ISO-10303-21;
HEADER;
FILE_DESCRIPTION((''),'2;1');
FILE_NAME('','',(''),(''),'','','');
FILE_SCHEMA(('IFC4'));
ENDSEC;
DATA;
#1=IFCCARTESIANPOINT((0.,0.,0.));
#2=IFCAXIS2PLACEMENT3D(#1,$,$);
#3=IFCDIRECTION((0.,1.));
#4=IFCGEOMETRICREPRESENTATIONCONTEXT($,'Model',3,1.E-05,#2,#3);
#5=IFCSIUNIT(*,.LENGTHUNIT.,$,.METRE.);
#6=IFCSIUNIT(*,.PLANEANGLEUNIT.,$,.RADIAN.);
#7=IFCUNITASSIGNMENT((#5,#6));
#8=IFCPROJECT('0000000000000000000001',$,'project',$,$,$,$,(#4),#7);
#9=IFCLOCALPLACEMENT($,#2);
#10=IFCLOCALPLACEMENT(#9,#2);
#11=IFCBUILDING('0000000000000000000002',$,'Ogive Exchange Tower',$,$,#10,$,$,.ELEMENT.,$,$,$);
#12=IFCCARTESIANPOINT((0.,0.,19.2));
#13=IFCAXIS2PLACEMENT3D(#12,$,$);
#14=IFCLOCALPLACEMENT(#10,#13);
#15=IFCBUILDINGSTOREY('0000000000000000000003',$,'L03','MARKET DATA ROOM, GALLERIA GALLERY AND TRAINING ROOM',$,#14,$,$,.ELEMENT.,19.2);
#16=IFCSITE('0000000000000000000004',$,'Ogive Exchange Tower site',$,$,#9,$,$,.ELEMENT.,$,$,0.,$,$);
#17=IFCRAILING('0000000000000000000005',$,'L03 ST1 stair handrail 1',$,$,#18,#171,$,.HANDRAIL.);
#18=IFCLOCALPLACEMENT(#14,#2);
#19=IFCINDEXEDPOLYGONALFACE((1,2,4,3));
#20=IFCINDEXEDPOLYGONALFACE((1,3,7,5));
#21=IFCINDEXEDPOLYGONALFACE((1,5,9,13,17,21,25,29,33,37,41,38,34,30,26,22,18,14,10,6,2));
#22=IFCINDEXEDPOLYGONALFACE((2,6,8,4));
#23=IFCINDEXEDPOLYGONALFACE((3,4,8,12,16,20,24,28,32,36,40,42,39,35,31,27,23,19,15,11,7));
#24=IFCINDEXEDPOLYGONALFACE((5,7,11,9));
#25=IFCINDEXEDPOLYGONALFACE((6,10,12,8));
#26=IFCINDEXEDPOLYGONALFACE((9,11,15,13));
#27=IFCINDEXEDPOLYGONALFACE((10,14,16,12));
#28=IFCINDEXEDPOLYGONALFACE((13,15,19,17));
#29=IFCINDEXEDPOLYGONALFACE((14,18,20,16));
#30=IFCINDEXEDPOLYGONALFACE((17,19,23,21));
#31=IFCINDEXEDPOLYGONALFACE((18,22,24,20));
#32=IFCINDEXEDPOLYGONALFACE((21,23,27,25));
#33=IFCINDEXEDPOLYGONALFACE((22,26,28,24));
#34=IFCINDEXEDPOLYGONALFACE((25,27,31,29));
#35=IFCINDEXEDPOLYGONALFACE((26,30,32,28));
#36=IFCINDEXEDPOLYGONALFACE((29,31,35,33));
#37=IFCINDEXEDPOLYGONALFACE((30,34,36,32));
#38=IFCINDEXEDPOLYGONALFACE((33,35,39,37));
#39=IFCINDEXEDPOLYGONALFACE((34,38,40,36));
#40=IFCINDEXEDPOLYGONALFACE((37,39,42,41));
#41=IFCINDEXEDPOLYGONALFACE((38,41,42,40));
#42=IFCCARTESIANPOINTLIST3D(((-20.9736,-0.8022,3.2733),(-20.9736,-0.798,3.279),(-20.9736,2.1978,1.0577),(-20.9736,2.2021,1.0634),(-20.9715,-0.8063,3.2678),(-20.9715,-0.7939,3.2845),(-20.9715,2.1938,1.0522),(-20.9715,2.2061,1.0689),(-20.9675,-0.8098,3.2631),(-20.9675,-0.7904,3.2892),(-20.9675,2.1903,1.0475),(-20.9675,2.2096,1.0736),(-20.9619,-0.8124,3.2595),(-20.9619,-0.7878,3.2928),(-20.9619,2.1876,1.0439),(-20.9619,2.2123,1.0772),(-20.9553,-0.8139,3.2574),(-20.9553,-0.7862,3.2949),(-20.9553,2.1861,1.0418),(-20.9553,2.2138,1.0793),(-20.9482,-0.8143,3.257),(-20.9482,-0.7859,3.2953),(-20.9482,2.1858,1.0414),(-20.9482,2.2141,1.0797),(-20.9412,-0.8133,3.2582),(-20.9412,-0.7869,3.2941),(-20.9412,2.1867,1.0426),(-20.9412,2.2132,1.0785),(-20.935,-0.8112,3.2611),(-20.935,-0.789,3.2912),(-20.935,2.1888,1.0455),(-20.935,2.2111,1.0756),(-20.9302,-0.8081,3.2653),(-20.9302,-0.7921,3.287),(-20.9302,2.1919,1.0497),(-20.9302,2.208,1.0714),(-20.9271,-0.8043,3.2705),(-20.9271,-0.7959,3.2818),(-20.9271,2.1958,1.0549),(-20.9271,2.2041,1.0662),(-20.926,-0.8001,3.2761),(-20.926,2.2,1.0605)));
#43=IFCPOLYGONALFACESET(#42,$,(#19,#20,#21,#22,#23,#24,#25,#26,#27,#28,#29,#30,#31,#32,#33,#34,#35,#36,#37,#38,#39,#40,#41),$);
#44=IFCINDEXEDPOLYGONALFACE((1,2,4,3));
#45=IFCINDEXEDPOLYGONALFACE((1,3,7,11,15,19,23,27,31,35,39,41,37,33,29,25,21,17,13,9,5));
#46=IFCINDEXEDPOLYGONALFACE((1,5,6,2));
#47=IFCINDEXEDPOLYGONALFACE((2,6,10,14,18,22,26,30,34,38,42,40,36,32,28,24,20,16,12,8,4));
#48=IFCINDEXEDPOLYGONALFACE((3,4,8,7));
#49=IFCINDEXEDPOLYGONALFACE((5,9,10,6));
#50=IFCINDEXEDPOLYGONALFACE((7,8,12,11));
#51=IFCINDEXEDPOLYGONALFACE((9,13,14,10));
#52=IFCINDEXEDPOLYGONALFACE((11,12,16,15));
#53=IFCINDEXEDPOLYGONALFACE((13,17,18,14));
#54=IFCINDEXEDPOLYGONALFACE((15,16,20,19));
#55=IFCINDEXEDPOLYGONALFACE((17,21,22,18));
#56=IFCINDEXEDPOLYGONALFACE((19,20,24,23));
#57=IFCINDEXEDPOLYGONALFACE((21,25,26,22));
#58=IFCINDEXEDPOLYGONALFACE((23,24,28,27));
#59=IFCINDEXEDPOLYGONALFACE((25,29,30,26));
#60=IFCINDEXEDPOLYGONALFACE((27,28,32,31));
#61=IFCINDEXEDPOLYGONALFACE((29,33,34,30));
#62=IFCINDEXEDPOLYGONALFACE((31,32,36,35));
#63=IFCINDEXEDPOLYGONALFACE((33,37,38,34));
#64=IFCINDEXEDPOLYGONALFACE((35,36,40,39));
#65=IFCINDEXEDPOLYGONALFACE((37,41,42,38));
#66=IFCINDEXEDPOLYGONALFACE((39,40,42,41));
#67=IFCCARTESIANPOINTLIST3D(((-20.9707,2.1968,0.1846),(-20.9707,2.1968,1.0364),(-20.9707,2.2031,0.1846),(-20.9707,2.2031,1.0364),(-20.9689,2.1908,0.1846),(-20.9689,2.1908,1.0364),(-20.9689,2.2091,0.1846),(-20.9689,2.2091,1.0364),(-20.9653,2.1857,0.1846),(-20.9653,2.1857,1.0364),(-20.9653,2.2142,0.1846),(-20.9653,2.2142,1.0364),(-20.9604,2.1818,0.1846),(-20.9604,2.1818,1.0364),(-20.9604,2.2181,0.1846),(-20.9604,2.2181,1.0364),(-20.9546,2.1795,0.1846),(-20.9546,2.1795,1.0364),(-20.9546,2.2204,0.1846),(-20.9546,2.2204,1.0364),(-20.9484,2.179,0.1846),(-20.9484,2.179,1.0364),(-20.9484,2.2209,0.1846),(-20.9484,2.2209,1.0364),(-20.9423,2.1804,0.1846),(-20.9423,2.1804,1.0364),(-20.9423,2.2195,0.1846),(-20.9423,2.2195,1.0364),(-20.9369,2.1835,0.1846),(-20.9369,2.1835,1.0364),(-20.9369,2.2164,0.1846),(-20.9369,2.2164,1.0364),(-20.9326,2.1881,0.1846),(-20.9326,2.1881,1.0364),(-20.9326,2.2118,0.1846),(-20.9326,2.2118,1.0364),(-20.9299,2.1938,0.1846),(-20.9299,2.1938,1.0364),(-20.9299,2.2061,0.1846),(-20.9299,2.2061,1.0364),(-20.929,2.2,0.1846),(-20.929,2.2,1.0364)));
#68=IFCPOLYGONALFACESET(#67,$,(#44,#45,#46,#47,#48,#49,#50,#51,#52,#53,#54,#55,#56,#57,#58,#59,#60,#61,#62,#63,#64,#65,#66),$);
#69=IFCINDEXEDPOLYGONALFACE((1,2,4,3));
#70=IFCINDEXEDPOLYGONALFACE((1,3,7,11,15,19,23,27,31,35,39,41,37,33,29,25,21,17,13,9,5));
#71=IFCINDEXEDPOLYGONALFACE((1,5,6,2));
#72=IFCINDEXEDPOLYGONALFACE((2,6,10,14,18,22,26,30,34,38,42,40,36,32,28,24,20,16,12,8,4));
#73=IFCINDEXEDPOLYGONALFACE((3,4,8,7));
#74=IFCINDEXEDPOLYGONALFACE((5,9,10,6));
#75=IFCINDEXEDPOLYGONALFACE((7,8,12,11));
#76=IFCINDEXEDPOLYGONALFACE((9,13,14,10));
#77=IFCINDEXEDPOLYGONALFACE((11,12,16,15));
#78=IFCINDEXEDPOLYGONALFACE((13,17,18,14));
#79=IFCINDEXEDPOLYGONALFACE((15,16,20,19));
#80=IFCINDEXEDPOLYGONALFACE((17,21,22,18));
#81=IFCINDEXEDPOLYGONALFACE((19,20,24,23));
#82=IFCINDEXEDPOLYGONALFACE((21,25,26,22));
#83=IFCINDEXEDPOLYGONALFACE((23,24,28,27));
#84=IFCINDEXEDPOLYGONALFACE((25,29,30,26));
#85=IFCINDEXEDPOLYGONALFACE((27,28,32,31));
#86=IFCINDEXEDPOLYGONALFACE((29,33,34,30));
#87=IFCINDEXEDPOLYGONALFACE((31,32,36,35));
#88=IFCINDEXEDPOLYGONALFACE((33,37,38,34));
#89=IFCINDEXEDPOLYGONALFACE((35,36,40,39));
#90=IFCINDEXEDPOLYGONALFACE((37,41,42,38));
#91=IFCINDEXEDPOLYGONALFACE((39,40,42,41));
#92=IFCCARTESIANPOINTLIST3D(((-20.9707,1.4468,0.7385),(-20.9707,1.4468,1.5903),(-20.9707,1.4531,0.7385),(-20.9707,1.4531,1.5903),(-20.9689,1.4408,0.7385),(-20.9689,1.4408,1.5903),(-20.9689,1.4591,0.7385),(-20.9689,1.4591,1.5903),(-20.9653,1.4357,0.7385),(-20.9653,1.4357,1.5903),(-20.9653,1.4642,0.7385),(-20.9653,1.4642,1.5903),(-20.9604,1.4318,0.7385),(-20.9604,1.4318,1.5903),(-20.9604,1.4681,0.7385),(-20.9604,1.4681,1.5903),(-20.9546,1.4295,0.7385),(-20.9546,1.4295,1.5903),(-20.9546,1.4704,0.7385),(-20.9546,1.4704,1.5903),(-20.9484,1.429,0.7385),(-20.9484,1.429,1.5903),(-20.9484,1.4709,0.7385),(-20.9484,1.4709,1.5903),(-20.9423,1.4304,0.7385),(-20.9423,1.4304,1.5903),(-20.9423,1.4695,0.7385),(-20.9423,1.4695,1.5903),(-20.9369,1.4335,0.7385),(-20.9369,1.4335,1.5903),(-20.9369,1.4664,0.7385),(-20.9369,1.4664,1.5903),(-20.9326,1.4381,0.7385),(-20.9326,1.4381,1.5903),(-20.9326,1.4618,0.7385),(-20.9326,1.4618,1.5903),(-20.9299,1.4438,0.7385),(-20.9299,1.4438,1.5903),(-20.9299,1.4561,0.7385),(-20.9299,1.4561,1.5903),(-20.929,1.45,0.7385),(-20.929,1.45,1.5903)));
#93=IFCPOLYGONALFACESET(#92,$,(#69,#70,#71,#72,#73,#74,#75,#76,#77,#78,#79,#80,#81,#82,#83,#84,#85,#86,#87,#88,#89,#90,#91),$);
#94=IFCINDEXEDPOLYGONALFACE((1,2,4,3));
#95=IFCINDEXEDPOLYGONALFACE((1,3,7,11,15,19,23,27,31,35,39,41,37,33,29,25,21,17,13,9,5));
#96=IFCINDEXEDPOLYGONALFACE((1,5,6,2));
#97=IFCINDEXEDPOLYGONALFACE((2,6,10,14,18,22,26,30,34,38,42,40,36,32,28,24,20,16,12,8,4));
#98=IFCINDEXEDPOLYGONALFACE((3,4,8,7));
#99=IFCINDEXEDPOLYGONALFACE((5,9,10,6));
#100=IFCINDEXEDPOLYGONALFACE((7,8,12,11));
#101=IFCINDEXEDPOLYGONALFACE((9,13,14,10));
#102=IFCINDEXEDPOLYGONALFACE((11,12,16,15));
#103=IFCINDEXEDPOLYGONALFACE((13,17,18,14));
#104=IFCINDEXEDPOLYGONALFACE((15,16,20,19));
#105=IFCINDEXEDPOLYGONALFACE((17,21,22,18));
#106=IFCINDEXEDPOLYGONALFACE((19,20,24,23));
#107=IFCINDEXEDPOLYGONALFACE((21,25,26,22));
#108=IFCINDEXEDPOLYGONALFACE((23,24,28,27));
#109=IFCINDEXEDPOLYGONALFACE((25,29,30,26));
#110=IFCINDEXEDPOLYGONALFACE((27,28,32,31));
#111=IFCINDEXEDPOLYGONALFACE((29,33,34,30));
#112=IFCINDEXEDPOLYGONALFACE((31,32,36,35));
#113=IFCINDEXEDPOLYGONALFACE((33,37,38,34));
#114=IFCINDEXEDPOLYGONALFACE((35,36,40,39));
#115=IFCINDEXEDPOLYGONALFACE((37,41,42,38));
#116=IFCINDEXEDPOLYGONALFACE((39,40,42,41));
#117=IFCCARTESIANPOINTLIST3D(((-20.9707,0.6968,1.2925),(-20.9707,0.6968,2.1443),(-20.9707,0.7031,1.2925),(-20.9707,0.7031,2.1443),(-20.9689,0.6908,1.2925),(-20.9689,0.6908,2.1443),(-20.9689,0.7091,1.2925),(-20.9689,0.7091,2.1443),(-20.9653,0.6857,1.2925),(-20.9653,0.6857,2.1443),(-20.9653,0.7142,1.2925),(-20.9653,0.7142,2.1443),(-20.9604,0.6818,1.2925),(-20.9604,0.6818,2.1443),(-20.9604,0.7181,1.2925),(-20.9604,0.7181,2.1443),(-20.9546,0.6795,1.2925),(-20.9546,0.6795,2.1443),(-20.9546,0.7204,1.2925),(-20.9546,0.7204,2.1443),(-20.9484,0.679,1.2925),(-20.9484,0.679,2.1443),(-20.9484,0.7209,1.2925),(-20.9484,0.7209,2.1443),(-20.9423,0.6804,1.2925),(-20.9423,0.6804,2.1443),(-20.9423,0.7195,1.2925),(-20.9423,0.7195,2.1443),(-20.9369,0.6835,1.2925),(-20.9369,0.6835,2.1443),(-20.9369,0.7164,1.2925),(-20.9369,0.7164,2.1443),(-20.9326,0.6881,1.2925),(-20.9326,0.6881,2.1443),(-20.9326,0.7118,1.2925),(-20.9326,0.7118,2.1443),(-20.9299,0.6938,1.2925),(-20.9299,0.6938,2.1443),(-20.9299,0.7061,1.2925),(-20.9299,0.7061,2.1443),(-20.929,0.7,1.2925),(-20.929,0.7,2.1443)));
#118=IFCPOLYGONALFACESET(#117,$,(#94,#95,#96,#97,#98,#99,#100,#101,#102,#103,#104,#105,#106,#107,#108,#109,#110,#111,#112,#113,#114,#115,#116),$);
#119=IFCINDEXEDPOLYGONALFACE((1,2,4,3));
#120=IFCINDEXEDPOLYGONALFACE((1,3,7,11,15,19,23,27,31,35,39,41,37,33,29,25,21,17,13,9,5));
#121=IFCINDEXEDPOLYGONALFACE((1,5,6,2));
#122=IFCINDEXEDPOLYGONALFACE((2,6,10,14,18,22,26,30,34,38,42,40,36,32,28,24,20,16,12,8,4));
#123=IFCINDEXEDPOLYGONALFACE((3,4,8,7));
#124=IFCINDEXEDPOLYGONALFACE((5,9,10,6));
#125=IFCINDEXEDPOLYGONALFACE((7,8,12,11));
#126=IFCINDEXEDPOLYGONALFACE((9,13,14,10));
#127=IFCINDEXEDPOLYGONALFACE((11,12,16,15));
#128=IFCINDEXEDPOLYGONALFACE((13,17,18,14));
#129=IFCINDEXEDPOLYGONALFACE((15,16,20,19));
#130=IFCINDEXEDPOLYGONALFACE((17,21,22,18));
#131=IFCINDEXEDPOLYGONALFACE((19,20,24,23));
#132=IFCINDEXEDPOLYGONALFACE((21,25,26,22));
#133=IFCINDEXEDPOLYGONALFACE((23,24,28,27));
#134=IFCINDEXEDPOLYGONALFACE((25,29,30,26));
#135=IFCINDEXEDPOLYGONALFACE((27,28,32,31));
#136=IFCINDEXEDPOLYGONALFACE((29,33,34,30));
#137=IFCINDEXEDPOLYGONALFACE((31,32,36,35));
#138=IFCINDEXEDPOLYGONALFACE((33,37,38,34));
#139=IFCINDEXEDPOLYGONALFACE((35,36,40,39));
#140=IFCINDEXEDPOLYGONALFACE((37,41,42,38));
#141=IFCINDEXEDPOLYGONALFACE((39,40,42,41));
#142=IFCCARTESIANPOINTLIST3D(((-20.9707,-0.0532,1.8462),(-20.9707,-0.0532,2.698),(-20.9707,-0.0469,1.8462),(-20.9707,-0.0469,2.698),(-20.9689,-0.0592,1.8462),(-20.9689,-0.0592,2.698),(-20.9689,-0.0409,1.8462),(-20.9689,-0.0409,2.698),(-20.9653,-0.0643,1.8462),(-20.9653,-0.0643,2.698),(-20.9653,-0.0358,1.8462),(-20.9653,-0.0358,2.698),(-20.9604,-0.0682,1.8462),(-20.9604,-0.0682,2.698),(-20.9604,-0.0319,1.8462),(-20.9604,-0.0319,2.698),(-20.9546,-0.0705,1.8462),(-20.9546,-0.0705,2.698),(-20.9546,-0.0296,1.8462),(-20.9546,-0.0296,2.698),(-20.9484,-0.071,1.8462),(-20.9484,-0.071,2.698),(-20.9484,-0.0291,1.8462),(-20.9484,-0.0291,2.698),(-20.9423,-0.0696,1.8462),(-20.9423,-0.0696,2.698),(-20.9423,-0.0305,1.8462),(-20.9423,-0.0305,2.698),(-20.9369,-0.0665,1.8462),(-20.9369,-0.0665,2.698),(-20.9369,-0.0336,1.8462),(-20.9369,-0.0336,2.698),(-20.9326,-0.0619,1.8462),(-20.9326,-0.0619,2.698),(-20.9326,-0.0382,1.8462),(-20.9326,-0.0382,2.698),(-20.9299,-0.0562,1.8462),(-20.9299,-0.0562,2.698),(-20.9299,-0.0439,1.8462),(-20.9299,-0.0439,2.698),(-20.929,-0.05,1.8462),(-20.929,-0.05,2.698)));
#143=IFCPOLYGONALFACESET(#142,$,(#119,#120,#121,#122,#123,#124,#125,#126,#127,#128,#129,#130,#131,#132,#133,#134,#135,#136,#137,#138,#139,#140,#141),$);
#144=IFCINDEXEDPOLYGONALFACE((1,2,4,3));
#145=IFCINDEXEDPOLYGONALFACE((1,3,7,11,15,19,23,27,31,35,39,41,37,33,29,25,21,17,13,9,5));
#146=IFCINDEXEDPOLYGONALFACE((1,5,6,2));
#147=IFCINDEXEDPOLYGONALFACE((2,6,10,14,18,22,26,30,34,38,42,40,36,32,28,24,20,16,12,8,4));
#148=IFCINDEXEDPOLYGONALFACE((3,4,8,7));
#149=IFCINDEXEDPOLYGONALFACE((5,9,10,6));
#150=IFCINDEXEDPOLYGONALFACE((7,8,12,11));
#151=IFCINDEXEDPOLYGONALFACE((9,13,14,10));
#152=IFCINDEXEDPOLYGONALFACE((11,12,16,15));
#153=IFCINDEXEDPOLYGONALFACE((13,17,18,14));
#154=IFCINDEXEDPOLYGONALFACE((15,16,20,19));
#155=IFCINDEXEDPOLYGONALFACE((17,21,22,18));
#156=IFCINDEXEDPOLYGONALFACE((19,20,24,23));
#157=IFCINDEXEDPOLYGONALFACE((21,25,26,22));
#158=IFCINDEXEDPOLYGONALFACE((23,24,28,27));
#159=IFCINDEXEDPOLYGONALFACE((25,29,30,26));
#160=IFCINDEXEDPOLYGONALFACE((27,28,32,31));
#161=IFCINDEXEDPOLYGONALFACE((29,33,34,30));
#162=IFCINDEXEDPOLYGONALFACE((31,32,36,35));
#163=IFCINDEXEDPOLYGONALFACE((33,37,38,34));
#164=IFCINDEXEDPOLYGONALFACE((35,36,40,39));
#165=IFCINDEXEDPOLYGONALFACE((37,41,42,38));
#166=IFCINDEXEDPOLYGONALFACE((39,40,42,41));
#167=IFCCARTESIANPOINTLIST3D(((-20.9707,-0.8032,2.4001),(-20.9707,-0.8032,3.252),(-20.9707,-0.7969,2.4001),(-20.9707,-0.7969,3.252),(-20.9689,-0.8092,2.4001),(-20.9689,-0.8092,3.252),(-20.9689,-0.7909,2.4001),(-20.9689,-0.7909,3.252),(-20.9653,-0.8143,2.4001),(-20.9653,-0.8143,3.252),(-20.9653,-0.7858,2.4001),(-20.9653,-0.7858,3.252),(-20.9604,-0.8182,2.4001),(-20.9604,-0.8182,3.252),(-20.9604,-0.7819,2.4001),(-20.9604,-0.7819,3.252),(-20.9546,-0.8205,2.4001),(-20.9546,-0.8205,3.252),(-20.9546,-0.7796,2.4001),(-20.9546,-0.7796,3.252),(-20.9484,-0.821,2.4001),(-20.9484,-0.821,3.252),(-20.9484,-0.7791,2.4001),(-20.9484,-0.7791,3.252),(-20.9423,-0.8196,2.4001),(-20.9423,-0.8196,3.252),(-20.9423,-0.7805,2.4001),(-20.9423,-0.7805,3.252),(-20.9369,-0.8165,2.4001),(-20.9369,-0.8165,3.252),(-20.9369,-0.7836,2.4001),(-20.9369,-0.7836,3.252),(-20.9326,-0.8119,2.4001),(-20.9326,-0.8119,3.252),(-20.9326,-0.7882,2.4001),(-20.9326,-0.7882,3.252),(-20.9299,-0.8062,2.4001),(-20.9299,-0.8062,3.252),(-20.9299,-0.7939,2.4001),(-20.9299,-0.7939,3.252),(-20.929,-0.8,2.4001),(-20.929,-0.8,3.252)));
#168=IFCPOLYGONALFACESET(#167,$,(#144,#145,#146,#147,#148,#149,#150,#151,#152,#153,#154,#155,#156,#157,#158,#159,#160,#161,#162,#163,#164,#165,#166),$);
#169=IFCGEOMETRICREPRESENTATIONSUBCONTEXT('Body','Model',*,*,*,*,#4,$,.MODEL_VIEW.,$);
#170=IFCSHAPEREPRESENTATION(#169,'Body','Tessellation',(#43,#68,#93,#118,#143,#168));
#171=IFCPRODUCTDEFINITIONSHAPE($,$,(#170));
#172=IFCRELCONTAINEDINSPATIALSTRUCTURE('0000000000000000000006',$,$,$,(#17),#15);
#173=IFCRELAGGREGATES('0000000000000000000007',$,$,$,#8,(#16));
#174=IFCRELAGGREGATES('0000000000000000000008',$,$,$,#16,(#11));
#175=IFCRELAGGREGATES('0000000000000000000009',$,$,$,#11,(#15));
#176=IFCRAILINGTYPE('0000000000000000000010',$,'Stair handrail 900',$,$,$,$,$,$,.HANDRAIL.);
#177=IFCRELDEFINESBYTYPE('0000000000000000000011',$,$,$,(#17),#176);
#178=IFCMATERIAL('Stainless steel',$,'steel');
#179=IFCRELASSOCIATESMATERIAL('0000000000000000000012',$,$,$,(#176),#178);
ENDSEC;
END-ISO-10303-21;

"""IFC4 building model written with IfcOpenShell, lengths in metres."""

from ifc_helpers import new_model, si_unit, direction, frame, origin, origin_2d, place, context, subcontext, project, spatial, circle, extrude, material, type_object, element, save


model = new_model("IFC4")

# Units and contexts
model_context = context("Model", 3, precision=1e-05, world=origin(), true_north=direction((0.0, 1.0)))
body_context = subcontext(model_context, "Body", "Model", "MODEL_VIEW")
ifc_project = project(units=[si_unit("LENGTHUNIT", "METRE"), si_unit("PLANEANGLEUNIT", "RADIAN")], contexts=[model_context])

# Site, building, storey
site_placement = place(None, origin())
site = spatial("IfcSite", under=ifc_project, at=site_placement, Name="Ogive Exchange Tower site", CompositionType="ELEMENT", RefElevation=0.0)
building_placement = place(site_placement, origin())
building = spatial("IfcBuilding", under=site, at=building_placement, Name="Ogive Exchange Tower", CompositionType="ELEMENT")
storey_placement = place(building_placement, frame((0.0, 0.0, 19.2)))
storey = spatial("IfcBuildingStorey", under=building, at=storey_placement, Name="L03", Description="MARKET DATA ROOM, GALLERIA GALLERY AND TRAINING ROOM", CompositionType="ELEMENT", Elevation=19.2)

# Railing
ifc_material_1 = material(Name="Stainless steel", Category="steel")
railing_type = type_object("IfcRailingType", Name="Stair handrail 900", PredefinedType="HANDRAIL", material=ifc_material_1)
railing_placement = place(storey_placement, frame((-20.95, 2.2, 0.1846)))
element("IfcRailing", 1, at=railing_placement, inside=storey, type_object=railing_type, Name="L03 ST1 stair handrail 1", PredefinedType="HANDRAIL", context=body_context, shape_type="SweptSolid", body=[
    extrude(circle(Radius=0.0239, at=origin_2d()), frame((0.0, 0.0, 0.876), z_axis=(0.0, -0.804409, 0.594076), x_axis=(1.0, 0.0, 0.0)), (0.0, 0.0, 1.0), 3.7295),
    extrude(circle(Radius=0.021, at=origin_2d()), origin(), (0.0, 0.0, 1.0), 0.8518),
    extrude(circle(Radius=0.021, at=origin_2d()), frame((0.0, -0.75, 0.554)), (0.0, 0.0, 1.0), 0.8518),
    extrude(circle(Radius=0.021, at=origin_2d()), frame((0.0, -1.5, 1.1079)), (0.0, 0.0, 1.0), 0.8518),
    extrude(circle(Radius=0.021, at=origin_2d()), frame((0.0, -2.25, 1.6616)), (0.0, 0.0, 1.0), 0.8518),
    extrude(circle(Radius=0.021, at=origin_2d()), frame((0.0, -3.0, 2.2156)), (0.0, 0.0, 1.0), 0.8518),
])

save(model, "model.ifc")
